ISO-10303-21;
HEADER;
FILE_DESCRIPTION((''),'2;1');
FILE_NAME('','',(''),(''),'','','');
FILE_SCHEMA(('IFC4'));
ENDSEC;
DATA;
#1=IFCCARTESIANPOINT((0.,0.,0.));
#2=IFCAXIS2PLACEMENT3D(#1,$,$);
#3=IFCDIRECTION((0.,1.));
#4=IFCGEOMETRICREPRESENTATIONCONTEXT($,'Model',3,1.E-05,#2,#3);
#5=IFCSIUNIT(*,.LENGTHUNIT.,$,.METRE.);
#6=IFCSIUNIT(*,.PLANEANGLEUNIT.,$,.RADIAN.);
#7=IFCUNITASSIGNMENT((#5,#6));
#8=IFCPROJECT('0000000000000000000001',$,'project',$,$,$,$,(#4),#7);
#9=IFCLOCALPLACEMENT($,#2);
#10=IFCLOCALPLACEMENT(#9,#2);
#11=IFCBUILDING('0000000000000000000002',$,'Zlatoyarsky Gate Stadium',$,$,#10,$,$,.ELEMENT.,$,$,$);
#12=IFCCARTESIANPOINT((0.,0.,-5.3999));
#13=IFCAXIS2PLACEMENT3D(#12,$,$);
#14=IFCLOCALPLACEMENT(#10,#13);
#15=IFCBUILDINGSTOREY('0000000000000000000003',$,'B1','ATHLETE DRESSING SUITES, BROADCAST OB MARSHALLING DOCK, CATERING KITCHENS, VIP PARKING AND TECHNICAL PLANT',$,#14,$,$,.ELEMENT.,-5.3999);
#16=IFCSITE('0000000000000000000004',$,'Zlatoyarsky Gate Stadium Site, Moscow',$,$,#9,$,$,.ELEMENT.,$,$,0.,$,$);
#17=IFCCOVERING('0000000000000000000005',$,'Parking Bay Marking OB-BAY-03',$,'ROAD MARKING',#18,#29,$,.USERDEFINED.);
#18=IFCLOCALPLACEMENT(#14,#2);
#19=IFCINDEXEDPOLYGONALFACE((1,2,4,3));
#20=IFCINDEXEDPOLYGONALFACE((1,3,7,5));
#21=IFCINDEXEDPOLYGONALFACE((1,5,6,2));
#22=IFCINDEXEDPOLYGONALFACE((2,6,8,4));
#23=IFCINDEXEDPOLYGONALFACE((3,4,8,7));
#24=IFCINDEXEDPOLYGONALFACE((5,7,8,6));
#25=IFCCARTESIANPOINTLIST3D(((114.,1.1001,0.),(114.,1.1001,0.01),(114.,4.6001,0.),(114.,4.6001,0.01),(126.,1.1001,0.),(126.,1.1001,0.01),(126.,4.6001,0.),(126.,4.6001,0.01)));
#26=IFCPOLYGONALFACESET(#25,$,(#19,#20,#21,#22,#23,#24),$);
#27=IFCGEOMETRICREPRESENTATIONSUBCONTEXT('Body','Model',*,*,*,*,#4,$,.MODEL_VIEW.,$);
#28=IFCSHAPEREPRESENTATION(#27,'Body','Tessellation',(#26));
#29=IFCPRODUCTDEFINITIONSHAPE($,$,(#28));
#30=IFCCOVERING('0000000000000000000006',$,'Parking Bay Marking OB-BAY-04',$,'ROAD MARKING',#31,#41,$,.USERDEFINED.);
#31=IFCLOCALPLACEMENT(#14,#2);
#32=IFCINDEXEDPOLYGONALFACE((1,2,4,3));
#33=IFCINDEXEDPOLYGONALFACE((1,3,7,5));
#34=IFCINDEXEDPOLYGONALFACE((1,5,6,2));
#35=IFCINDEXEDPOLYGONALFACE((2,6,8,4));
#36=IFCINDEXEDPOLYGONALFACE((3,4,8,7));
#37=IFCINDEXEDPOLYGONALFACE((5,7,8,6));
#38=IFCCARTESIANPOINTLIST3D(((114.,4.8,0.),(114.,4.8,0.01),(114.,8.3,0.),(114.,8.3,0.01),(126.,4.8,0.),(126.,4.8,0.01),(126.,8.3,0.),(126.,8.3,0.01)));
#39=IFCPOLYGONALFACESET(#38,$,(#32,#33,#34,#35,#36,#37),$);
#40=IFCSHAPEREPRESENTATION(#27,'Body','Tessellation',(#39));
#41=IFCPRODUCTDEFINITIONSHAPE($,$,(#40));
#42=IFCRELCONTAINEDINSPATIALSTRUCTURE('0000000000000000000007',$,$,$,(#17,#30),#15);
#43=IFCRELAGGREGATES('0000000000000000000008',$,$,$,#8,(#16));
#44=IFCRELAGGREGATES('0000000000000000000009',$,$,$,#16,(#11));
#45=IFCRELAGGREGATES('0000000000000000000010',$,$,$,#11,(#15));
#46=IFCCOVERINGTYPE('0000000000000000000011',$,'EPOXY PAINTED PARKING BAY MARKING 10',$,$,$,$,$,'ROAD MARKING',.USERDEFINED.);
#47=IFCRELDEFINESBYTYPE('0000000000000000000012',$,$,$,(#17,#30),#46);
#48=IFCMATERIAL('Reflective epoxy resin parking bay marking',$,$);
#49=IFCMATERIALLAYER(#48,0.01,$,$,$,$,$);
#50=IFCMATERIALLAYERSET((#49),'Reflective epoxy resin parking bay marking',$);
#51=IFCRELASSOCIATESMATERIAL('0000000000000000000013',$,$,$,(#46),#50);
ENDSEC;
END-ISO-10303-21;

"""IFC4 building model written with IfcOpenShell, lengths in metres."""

from ifc_helpers import new_model, si_unit, direction, frame, origin, place, context, subcontext, project, spatial, polyline, outline, extrude, material, layer, layer_set, type_object, element, save


model = new_model("IFC4")

# Units and contexts
model_context = context("Model", 3, precision=1e-05, world=origin(), true_north=direction((0.0, 1.0)))
body_context = subcontext(model_context, "Body", "Model", "MODEL_VIEW")
ifc_project = project(units=[si_unit("LENGTHUNIT", "METRE"), si_unit("PLANEANGLEUNIT", "RADIAN")], contexts=[model_context])

# Site, building, storey
site_placement = place(None, origin())
site = spatial("IfcSite", under=ifc_project, at=site_placement, Name="Zlatoyarsky Gate Stadium Site, Moscow", CompositionType="ELEMENT", RefElevation=0.0)
building_placement = place(site_placement, origin())
building = spatial("IfcBuilding", under=site, at=building_placement, Name="Zlatoyarsky Gate Stadium", CompositionType="ELEMENT")
storey_placement = place(building_placement, frame((0.0, 0.0, -5.3999)))
storey = spatial("IfcBuildingStorey", under=building, at=storey_placement, Name="B1", Description="ATHLETE DRESSING SUITES, BROADCAST OB MARSHALLING DOCK, CATERING KITCHENS, VIP PARKING AND TECHNICAL PLANT", CompositionType="ELEMENT", Elevation=-5.3999)

# Coverings
ifc_material_1 = material(Name="Reflective epoxy resin parking bay marking")
ifc_layer_1 = layer(ifc_material_1, 0.01)
ifc_layer_set_1 = layer_set([ifc_layer_1], Name="Reflective epoxy resin parking bay marking")
covering_type = type_object("IfcCoveringType", Name="EPOXY PAINTED PARKING BAY MARKING 10", ElementType="ROAD MARKING", PredefinedType="USERDEFINED", material=ifc_layer_set_1)
covering_1_placement = place(storey_placement, origin())
element("IfcCovering", 1, at=covering_1_placement, inside=storey, type_object=covering_type, Name="Parking Bay Marking OB-BAY-03", ObjectType="ROAD MARKING", PredefinedType="USERDEFINED", context=body_context, shape_type="SweptSolid", body=[
    extrude(outline(polyline([(114.0, 1.1001), (126.0, 1.1001), (126.0, 4.6001), (114.0, 4.6001), (114.0, 1.1001)])), origin(), (0.0, 0.0, 1.0), 0.01),
])
covering_2_placement = place(storey_placement, origin())
element("IfcCovering", 2, at=covering_2_placement, inside=storey, type_object=covering_type, Name="Parking Bay Marking OB-BAY-04", ObjectType="ROAD MARKING", PredefinedType="USERDEFINED", context=body_context, shape_type="SweptSolid", body=[
    extrude(outline(polyline([(114.0, 4.8), (126.0, 4.8), (126.0, 8.3), (114.0, 8.3), (114.0, 4.8)])), origin(), (0.0, 0.0, 1.0), 0.01),
])

save(model, "model.ifc")
